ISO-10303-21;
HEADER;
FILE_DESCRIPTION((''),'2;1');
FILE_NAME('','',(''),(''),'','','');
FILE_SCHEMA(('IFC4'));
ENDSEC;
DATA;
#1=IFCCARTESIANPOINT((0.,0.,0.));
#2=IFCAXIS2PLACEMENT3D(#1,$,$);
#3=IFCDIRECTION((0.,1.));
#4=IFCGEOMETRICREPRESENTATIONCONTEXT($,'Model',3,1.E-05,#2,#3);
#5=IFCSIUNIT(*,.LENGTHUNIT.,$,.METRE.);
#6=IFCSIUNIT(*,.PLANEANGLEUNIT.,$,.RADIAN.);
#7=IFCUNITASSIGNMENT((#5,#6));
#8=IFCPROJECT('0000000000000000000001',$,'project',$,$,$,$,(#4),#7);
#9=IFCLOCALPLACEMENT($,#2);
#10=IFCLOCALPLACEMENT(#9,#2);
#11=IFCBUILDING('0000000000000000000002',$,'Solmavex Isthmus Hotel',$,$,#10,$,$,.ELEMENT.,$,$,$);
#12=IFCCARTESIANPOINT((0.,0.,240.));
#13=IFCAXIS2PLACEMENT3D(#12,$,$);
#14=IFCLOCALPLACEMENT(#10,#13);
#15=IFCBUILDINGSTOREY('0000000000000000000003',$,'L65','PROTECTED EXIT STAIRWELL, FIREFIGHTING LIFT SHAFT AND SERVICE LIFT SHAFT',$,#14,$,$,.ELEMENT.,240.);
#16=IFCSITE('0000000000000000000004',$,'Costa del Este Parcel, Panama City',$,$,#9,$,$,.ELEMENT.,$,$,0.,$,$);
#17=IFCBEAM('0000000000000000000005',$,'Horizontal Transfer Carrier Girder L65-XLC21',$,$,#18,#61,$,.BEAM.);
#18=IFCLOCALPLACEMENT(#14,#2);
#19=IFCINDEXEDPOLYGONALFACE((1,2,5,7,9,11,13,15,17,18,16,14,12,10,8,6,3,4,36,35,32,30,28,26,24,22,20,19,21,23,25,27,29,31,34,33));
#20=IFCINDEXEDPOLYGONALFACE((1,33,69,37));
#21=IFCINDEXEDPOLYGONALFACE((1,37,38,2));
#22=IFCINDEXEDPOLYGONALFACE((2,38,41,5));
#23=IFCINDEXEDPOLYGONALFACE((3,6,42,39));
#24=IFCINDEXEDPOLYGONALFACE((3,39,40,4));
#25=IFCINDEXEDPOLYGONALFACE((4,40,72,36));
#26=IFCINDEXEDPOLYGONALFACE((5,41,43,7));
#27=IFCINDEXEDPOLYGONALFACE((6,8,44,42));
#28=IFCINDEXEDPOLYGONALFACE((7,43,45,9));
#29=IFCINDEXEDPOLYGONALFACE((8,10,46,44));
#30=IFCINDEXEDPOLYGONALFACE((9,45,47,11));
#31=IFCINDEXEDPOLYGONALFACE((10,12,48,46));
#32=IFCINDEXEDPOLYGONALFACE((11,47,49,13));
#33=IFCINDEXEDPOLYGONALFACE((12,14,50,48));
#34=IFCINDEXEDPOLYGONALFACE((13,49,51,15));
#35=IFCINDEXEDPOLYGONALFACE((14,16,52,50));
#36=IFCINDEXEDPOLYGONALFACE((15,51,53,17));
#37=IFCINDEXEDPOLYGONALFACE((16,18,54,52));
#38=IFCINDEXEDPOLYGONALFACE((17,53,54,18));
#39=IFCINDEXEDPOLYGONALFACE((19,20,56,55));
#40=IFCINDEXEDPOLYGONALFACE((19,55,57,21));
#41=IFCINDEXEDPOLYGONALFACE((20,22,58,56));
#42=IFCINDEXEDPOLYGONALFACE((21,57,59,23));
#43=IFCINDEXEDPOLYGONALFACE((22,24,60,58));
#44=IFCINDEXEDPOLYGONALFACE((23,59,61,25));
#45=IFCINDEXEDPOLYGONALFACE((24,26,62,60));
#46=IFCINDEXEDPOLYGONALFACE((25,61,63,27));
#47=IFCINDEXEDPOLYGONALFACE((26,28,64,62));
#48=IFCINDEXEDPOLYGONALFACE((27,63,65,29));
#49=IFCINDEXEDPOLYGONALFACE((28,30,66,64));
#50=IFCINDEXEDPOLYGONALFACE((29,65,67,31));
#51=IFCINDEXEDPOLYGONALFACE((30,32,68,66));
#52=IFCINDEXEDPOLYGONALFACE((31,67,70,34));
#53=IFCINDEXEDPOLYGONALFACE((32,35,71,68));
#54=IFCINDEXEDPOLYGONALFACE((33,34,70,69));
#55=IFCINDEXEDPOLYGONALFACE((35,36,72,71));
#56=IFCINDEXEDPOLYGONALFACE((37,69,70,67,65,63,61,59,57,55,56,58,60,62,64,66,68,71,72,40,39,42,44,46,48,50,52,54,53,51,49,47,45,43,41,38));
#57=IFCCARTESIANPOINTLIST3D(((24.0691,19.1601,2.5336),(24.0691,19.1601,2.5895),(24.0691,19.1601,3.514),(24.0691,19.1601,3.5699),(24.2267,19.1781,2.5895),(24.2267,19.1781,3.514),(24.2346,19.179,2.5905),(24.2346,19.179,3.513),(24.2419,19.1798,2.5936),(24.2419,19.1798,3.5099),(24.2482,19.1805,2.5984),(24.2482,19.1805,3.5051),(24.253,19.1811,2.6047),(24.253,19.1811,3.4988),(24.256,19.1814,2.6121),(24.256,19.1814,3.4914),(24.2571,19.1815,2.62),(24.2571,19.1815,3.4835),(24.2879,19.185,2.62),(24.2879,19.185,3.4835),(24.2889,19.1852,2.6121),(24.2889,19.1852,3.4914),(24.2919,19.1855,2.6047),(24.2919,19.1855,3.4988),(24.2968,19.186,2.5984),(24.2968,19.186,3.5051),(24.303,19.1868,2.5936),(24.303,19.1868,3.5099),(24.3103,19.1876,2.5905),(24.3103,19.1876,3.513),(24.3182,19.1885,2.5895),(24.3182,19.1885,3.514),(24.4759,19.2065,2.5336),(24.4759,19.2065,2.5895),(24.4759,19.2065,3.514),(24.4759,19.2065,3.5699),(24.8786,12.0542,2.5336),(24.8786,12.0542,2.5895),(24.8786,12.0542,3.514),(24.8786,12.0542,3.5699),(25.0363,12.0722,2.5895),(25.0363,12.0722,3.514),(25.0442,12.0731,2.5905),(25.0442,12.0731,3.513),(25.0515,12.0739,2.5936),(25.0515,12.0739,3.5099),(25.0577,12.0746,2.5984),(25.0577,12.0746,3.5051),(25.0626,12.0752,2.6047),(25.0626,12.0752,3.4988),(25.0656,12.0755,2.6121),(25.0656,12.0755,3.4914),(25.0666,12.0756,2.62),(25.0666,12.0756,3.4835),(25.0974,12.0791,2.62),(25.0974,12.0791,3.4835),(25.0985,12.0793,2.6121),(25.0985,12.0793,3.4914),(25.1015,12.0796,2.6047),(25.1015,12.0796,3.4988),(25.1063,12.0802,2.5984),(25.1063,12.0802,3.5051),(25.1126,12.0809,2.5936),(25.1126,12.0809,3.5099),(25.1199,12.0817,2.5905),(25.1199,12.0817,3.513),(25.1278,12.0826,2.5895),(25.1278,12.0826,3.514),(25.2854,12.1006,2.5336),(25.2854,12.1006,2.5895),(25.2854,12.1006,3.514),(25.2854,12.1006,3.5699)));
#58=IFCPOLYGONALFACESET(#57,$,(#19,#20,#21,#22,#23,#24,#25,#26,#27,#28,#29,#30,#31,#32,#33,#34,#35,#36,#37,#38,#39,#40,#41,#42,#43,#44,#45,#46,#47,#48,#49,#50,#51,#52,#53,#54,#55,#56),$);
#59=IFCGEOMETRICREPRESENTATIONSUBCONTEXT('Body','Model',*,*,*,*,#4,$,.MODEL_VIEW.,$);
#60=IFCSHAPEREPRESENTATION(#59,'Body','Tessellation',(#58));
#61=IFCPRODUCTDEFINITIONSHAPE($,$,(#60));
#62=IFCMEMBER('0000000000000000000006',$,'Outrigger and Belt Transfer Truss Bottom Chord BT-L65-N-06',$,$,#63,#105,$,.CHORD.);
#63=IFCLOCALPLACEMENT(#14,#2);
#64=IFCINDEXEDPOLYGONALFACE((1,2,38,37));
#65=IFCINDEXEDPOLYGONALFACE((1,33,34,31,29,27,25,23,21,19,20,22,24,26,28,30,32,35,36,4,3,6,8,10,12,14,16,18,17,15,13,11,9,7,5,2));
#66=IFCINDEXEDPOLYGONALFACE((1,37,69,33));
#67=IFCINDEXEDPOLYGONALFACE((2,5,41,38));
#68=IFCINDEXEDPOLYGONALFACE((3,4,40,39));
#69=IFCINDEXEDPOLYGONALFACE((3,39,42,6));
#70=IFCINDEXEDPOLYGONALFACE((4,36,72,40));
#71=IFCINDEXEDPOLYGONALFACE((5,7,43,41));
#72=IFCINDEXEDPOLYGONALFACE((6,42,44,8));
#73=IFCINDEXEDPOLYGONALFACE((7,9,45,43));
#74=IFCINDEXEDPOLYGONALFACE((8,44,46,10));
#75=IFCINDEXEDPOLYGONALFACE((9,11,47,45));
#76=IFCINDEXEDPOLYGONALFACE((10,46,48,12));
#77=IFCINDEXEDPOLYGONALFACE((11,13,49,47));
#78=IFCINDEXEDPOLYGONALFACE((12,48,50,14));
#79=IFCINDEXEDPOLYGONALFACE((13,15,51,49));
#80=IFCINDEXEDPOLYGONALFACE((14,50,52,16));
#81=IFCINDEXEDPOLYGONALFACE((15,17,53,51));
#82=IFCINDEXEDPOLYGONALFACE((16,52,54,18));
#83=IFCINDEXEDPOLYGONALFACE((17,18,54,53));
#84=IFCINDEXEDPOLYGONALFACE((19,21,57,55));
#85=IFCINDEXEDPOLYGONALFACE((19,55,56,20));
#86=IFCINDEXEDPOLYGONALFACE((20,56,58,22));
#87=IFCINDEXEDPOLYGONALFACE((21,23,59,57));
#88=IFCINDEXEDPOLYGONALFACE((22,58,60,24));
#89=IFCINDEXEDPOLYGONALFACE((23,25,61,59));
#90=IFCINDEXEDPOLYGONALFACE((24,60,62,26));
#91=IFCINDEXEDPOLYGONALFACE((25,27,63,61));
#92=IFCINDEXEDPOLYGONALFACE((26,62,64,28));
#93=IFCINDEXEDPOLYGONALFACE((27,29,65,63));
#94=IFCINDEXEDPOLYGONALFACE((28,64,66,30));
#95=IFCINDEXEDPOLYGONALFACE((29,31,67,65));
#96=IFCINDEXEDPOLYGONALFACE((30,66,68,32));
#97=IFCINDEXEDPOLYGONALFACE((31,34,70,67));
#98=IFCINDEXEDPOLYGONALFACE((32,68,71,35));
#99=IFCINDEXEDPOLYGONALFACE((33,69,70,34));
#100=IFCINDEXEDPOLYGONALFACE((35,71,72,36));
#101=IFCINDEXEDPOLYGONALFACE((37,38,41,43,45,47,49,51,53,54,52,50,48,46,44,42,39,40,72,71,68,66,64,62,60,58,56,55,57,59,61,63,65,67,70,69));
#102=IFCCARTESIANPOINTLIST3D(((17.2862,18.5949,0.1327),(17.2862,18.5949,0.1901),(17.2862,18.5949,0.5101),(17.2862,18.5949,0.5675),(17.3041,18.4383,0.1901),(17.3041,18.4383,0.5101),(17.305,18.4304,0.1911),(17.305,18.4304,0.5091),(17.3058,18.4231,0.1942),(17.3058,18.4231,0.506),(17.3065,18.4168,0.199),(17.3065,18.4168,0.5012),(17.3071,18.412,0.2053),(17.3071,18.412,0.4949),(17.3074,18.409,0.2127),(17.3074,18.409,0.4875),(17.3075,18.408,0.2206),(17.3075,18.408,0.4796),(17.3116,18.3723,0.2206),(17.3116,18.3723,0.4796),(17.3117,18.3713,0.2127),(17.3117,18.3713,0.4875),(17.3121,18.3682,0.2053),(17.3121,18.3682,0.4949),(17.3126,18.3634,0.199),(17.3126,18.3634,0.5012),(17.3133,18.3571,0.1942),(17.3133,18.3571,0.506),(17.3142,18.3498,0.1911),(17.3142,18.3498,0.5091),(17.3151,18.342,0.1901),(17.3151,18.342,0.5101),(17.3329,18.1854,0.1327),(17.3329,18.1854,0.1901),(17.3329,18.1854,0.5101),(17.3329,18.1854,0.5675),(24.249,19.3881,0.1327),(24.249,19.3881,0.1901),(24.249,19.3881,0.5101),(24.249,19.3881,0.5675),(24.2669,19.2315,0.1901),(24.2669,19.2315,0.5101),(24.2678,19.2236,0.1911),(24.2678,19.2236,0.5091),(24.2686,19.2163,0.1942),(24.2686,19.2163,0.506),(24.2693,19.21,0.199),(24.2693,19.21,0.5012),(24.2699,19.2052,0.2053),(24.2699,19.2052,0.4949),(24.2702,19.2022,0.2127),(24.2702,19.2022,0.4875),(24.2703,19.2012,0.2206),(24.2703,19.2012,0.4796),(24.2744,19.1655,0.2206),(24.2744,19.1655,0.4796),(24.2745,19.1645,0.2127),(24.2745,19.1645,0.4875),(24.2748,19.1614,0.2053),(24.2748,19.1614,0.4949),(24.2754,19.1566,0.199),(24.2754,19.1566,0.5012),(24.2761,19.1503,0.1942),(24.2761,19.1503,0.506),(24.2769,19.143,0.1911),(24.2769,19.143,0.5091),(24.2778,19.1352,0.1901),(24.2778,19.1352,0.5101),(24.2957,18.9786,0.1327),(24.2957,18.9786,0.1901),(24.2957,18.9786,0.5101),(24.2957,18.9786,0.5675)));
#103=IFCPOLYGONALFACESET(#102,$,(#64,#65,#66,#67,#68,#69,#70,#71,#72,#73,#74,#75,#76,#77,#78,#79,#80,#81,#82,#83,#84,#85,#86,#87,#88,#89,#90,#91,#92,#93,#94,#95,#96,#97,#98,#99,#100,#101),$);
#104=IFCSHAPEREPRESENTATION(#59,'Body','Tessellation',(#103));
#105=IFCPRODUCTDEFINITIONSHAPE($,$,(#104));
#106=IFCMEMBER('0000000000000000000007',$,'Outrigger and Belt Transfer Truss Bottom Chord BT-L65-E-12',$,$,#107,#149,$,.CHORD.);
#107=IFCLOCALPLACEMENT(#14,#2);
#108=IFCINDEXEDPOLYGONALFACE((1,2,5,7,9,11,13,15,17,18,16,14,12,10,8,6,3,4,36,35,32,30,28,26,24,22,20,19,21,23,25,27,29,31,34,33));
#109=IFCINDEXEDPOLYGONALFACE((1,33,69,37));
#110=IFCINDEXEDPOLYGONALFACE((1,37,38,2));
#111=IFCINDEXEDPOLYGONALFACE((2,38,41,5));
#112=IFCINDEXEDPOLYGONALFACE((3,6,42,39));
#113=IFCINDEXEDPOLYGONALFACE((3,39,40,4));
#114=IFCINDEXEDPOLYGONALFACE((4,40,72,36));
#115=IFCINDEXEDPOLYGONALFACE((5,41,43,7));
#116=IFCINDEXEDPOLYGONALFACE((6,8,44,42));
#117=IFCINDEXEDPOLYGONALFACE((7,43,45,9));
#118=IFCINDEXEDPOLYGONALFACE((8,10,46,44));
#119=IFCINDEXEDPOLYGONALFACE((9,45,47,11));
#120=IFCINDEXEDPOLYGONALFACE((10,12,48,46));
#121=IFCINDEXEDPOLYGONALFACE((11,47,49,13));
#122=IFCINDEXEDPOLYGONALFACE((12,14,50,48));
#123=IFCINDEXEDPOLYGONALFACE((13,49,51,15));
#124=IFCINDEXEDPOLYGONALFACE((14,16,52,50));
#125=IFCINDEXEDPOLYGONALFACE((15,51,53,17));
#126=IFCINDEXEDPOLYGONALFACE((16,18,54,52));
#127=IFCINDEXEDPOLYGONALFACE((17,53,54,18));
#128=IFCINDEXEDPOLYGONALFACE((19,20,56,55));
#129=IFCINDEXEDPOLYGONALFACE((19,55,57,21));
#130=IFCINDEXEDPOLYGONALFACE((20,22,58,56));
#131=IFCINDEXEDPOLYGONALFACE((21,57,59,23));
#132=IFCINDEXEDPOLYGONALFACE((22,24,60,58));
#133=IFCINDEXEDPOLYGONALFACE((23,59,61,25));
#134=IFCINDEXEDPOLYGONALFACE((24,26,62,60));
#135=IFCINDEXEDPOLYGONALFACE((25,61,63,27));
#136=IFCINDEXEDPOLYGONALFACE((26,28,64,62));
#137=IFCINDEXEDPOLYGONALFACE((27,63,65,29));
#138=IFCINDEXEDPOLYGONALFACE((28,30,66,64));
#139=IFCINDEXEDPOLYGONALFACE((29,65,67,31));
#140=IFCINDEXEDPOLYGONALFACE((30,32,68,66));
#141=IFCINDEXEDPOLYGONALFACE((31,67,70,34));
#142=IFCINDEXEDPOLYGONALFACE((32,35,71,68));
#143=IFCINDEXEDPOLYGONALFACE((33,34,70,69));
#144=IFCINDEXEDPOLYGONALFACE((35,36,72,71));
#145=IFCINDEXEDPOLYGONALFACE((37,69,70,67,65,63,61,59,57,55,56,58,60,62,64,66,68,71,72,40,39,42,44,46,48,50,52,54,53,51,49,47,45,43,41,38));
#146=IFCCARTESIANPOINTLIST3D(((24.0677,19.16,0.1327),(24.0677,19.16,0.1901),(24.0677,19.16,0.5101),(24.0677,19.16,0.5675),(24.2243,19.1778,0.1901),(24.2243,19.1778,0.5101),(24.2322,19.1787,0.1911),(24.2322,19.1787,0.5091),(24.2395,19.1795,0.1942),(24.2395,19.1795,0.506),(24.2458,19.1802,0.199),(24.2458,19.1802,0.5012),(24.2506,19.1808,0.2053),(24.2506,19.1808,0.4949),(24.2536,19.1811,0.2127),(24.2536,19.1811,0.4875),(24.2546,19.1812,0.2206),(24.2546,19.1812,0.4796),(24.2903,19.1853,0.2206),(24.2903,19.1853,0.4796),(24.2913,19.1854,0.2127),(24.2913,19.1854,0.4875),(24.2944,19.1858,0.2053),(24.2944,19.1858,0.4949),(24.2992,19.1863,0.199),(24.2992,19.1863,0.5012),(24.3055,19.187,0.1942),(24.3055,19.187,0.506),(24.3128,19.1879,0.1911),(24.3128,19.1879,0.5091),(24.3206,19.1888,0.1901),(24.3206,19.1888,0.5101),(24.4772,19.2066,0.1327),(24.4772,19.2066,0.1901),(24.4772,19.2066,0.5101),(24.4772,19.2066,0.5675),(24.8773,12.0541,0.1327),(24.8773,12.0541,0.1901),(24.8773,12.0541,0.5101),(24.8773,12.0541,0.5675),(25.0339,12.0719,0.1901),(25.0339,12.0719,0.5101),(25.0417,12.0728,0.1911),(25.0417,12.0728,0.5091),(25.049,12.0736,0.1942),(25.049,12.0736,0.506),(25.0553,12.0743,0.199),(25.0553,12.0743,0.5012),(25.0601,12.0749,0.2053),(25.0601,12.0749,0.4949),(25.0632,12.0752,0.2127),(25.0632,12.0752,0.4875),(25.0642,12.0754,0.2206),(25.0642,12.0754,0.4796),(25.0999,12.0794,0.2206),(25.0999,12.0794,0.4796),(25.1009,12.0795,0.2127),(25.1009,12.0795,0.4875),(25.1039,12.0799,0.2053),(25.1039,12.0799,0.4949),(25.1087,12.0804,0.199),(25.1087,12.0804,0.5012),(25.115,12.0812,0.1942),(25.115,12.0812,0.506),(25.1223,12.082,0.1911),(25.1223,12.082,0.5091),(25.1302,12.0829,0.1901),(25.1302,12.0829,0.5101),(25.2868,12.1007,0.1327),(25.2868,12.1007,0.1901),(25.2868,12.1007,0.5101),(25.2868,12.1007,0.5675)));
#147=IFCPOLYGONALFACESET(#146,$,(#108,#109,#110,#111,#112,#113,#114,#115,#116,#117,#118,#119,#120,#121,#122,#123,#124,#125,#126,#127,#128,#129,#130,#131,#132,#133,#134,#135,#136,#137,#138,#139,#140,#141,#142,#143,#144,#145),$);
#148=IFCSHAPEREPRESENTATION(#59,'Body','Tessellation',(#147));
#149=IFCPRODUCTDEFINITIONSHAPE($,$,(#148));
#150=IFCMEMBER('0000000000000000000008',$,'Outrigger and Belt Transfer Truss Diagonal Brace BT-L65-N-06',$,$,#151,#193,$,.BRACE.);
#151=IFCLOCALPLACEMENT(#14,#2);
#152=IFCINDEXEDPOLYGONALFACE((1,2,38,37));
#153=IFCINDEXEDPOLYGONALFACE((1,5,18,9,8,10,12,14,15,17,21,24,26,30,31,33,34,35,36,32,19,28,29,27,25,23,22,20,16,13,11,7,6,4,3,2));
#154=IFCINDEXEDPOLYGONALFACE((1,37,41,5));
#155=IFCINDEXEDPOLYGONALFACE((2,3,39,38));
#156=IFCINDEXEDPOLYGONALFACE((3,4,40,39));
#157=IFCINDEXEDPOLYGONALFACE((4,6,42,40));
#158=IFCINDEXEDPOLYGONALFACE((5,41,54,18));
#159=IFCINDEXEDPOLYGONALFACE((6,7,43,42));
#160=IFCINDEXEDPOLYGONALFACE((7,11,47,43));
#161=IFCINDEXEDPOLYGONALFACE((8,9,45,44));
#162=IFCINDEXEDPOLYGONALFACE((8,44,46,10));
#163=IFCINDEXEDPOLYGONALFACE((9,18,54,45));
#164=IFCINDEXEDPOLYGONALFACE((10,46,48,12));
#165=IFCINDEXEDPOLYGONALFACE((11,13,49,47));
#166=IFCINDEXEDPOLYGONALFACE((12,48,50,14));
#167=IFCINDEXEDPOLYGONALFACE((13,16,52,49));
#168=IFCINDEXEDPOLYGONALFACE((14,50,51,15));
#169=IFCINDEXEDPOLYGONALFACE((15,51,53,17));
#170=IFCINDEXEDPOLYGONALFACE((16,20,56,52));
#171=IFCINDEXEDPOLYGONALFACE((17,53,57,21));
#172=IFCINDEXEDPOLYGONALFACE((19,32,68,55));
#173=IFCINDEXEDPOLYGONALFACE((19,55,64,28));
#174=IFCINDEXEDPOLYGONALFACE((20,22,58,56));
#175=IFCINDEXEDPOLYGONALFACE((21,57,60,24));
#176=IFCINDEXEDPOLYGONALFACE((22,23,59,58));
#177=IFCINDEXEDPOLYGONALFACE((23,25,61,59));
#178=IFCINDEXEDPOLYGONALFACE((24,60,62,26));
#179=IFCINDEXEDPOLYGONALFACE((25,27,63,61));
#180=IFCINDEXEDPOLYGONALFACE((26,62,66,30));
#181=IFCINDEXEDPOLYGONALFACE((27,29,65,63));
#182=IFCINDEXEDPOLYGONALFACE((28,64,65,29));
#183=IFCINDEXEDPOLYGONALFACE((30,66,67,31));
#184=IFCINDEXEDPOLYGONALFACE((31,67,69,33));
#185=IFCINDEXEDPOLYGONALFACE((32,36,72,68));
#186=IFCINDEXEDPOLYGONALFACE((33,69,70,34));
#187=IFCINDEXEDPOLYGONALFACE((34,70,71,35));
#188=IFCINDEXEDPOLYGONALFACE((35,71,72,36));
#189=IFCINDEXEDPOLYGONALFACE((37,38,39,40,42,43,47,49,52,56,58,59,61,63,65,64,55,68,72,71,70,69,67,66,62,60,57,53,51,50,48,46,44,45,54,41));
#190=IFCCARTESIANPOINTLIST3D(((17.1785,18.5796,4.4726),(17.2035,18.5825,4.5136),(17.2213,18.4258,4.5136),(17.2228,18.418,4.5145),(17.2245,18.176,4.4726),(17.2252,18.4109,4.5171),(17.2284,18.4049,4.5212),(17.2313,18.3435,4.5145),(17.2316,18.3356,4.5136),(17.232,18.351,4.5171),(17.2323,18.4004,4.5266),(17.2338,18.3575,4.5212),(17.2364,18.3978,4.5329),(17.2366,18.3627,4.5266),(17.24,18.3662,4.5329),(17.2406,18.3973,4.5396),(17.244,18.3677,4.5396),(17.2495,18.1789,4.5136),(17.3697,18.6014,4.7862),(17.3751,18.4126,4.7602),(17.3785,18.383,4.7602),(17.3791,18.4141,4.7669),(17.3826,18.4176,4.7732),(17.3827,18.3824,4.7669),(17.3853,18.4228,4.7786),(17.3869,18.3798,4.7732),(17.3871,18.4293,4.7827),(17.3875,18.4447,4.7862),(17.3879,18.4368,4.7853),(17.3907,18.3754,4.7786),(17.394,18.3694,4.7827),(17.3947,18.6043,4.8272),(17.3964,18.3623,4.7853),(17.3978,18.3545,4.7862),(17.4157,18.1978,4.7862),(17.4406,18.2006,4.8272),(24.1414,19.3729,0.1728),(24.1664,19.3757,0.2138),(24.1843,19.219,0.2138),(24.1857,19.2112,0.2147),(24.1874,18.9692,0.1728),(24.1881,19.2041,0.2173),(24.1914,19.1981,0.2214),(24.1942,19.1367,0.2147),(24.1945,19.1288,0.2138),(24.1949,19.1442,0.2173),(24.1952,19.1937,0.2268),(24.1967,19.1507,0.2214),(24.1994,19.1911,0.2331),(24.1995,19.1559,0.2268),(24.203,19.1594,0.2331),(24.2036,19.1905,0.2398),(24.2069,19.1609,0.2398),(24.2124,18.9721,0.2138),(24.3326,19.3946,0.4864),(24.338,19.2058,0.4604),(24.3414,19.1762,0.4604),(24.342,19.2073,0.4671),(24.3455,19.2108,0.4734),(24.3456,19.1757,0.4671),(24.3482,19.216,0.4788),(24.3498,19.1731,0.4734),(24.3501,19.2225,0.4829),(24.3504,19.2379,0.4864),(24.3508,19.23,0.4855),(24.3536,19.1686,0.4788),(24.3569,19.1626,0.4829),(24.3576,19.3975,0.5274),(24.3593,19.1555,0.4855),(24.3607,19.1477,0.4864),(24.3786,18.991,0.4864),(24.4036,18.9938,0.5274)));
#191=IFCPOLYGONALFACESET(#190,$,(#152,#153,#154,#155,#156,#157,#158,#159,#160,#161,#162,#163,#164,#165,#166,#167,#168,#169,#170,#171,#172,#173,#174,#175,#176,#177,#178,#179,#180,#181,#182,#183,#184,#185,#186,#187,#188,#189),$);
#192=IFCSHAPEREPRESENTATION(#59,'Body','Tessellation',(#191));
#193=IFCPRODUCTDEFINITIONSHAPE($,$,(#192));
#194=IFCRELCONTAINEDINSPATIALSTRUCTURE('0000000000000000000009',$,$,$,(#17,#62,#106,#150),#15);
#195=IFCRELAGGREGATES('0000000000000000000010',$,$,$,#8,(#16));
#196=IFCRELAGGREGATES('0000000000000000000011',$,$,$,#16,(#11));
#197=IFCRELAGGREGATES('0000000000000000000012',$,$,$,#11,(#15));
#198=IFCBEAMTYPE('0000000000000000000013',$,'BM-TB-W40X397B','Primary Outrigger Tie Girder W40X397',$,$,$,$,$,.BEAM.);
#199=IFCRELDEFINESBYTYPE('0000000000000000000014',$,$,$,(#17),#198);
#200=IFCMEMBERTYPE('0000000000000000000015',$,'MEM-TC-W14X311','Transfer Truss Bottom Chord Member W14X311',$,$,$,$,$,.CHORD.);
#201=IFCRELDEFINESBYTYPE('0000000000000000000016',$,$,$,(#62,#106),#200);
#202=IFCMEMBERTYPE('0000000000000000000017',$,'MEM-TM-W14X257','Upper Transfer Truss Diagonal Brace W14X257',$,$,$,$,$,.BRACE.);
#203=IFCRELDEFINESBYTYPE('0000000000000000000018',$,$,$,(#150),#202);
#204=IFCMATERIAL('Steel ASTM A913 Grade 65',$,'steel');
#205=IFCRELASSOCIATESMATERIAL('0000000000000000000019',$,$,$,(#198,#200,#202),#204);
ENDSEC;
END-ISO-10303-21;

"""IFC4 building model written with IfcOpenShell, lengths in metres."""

from ifc_helpers import new_model, si_unit, direction, frame, origin, origin_2d, place, context, subcontext, project, spatial, i_section, extrude, material, material_profile, profile_set, type_object, element, save


model = new_model("IFC4")

# Units and contexts
model_context = context("Model", 3, precision=1e-05, world=origin(), true_north=direction((0.0, 1.0)))
body_context = subcontext(model_context, "Body", "Model", "MODEL_VIEW")
ifc_project = project(units=[si_unit("LENGTHUNIT", "METRE"), si_unit("PLANEANGLEUNIT", "RADIAN")], contexts=[model_context])

# Site, building, storey
site_placement = place(None, origin())
site = spatial("IfcSite", under=ifc_project, at=site_placement, Name="Costa del Este Parcel, Panama City", CompositionType="ELEMENT", RefElevation=0.0)
building_placement = place(site_placement, origin())
building = spatial("IfcBuilding", under=site, at=building_placement, Name="Solmavex Isthmus Hotel", CompositionType="ELEMENT")
storey_placement = place(building_placement, frame((0.0, 0.0, 240.0)))
storey = spatial("IfcBuildingStorey", under=building, at=storey_placement, Name="L65", Description="PROTECTED EXIT STAIRWELL, FIREFIGHTING LIFT SHAFT AND SERVICE LIFT SHAFT", CompositionType="ELEMENT", Elevation=240.0)

# Shared definitions
ifc_material_1 = material(Name="Steel ASTM A913 Grade 65", Category="steel")

# Beam
ifc_material_profile_1 = material_profile(ifc_material_1, i_section(OverallWidth=0.4094, OverallDepth=1.0364, WebThickness=0.031, FlangeThickness=0.0559, FilletRadius=0.0305, at=origin_2d()), Name="W40X397")
ifc_profile_set_1 = profile_set([ifc_material_profile_1], Name="Steel ASTM A913 Grade 65")
beam_type_1 = type_object("IfcBeamType", Name="BM-TB-W40X397B", Description="Primary Outrigger Tie Girder W40X397", PredefinedType="BEAM", material=ifc_profile_set_1)
beam_1_placement = place(storey_placement, frame((25.082, 12.0774, 3.0518), z_axis=(-0.113196, 0.993573, 0.0), x_axis=(-0.993573, -0.113196, 0.0)))
element("IfcBeam", 1, at=beam_1_placement, inside=storey, type_object=beam_type_1, Name="Horizontal Transfer Carrier Girder L65-XLC21", PredefinedType="BEAM", context=body_context, shape_type="SweptSolid", body=[
    extrude(i_section(OverallWidth=0.4094, OverallDepth=1.0364, WebThickness=0.031, FlangeThickness=0.0559, FilletRadius=0.0305, at=origin_2d()), origin(), (0.0, 0.0, 1.0), 7.1519),
])

# Members
ifc_material_profile_2 = material_profile(ifc_material_1, i_section(OverallWidth=0.4121, OverallDepth=0.4348, WebThickness=0.0359, FlangeThickness=0.0574, FilletRadius=0.0305, at=origin_2d()), Name="W14X311")
ifc_profile_set_2 = profile_set([ifc_material_profile_2], Name="Steel ASTM A913 Grade 65")
member_type_1 = type_object("IfcMemberType", Name="MEM-TC-W14X311", Description="Transfer Truss Bottom Chord Member W14X311", PredefinedType="CHORD", material=ifc_profile_set_2)
member_1_placement = place(storey_placement, frame((17.3096, 18.3901, 0.3501), z_axis=(0.993574, 0.113188, 0.0), x_axis=(-0.113188, 0.993574, 0.0)))
element("IfcMember", 2, at=member_1_placement, inside=storey, type_object=member_type_1, Name="Outrigger and Belt Transfer Truss Bottom Chord BT-L65-N-06", PredefinedType="CHORD", context=body_context, shape_type="SweptSolid", body=[
    extrude(i_section(OverallWidth=0.4121, OverallDepth=0.4348, WebThickness=0.0359, FlangeThickness=0.0574, FilletRadius=0.0305, at=origin_2d()), origin(), (0.0, 0.0, 1.0), 7.0078),
])
member_2_placement = place(storey_placement, frame((25.082, 12.0774, 0.3501), z_axis=(-0.113196, 0.993573, 0.0), x_axis=(-0.993573, -0.113196, 0.0)))
element("IfcMember", 3, at=member_2_placement, inside=storey, type_object=member_type_1, Name="Outrigger and Belt Transfer Truss Bottom Chord BT-L65-E-12", PredefinedType="CHORD", context=body_context, shape_type="SweptSolid", body=[
    extrude(i_section(OverallWidth=0.4121, OverallDepth=0.4348, WebThickness=0.0359, FlangeThickness=0.0574, FilletRadius=0.0305, at=origin_2d()), origin(), (0.0, 0.0, 1.0), 7.1519),
])
ifc_material_profile_3 = material_profile(ifc_material_1, i_section(OverallWidth=0.4062, OverallDepth=0.416, WebThickness=0.0298, FlangeThickness=0.0481, FilletRadius=0.0305, at=origin_2d()), Name="W14X257")
ifc_profile_set_3 = profile_set([ifc_material_profile_3], Name="Steel ASTM A913 Grade 65")
member_type_2 = type_object("IfcMemberType", Name="MEM-TM-W14X257", Description="Upper Transfer Truss Diagonal Brace W14X257", PredefinedType="BRACE", material=ifc_profile_set_3)
member_3_placement = place(storey_placement, frame((17.3096, 18.3901, 4.6499), z_axis=(0.846873, 0.096476, -0.522971), x_axis=(-0.113188, 0.993574, 0.0)))
element("IfcMember", 4, at=member_3_placement, inside=storey, type_object=member_type_2, Name="Outrigger and Belt Transfer Truss Diagonal Brace BT-L65-N-06", PredefinedType="BRACE", context=body_context, shape_type="SweptSolid", body=[
    extrude(i_section(OverallWidth=0.4062, OverallDepth=0.416, WebThickness=0.0298, FlangeThickness=0.0481, FilletRadius=0.0305, at=origin_2d()), origin(), (0.0, 0.0, 1.0), 8.2219),
])

save(model, "model.ifc")
